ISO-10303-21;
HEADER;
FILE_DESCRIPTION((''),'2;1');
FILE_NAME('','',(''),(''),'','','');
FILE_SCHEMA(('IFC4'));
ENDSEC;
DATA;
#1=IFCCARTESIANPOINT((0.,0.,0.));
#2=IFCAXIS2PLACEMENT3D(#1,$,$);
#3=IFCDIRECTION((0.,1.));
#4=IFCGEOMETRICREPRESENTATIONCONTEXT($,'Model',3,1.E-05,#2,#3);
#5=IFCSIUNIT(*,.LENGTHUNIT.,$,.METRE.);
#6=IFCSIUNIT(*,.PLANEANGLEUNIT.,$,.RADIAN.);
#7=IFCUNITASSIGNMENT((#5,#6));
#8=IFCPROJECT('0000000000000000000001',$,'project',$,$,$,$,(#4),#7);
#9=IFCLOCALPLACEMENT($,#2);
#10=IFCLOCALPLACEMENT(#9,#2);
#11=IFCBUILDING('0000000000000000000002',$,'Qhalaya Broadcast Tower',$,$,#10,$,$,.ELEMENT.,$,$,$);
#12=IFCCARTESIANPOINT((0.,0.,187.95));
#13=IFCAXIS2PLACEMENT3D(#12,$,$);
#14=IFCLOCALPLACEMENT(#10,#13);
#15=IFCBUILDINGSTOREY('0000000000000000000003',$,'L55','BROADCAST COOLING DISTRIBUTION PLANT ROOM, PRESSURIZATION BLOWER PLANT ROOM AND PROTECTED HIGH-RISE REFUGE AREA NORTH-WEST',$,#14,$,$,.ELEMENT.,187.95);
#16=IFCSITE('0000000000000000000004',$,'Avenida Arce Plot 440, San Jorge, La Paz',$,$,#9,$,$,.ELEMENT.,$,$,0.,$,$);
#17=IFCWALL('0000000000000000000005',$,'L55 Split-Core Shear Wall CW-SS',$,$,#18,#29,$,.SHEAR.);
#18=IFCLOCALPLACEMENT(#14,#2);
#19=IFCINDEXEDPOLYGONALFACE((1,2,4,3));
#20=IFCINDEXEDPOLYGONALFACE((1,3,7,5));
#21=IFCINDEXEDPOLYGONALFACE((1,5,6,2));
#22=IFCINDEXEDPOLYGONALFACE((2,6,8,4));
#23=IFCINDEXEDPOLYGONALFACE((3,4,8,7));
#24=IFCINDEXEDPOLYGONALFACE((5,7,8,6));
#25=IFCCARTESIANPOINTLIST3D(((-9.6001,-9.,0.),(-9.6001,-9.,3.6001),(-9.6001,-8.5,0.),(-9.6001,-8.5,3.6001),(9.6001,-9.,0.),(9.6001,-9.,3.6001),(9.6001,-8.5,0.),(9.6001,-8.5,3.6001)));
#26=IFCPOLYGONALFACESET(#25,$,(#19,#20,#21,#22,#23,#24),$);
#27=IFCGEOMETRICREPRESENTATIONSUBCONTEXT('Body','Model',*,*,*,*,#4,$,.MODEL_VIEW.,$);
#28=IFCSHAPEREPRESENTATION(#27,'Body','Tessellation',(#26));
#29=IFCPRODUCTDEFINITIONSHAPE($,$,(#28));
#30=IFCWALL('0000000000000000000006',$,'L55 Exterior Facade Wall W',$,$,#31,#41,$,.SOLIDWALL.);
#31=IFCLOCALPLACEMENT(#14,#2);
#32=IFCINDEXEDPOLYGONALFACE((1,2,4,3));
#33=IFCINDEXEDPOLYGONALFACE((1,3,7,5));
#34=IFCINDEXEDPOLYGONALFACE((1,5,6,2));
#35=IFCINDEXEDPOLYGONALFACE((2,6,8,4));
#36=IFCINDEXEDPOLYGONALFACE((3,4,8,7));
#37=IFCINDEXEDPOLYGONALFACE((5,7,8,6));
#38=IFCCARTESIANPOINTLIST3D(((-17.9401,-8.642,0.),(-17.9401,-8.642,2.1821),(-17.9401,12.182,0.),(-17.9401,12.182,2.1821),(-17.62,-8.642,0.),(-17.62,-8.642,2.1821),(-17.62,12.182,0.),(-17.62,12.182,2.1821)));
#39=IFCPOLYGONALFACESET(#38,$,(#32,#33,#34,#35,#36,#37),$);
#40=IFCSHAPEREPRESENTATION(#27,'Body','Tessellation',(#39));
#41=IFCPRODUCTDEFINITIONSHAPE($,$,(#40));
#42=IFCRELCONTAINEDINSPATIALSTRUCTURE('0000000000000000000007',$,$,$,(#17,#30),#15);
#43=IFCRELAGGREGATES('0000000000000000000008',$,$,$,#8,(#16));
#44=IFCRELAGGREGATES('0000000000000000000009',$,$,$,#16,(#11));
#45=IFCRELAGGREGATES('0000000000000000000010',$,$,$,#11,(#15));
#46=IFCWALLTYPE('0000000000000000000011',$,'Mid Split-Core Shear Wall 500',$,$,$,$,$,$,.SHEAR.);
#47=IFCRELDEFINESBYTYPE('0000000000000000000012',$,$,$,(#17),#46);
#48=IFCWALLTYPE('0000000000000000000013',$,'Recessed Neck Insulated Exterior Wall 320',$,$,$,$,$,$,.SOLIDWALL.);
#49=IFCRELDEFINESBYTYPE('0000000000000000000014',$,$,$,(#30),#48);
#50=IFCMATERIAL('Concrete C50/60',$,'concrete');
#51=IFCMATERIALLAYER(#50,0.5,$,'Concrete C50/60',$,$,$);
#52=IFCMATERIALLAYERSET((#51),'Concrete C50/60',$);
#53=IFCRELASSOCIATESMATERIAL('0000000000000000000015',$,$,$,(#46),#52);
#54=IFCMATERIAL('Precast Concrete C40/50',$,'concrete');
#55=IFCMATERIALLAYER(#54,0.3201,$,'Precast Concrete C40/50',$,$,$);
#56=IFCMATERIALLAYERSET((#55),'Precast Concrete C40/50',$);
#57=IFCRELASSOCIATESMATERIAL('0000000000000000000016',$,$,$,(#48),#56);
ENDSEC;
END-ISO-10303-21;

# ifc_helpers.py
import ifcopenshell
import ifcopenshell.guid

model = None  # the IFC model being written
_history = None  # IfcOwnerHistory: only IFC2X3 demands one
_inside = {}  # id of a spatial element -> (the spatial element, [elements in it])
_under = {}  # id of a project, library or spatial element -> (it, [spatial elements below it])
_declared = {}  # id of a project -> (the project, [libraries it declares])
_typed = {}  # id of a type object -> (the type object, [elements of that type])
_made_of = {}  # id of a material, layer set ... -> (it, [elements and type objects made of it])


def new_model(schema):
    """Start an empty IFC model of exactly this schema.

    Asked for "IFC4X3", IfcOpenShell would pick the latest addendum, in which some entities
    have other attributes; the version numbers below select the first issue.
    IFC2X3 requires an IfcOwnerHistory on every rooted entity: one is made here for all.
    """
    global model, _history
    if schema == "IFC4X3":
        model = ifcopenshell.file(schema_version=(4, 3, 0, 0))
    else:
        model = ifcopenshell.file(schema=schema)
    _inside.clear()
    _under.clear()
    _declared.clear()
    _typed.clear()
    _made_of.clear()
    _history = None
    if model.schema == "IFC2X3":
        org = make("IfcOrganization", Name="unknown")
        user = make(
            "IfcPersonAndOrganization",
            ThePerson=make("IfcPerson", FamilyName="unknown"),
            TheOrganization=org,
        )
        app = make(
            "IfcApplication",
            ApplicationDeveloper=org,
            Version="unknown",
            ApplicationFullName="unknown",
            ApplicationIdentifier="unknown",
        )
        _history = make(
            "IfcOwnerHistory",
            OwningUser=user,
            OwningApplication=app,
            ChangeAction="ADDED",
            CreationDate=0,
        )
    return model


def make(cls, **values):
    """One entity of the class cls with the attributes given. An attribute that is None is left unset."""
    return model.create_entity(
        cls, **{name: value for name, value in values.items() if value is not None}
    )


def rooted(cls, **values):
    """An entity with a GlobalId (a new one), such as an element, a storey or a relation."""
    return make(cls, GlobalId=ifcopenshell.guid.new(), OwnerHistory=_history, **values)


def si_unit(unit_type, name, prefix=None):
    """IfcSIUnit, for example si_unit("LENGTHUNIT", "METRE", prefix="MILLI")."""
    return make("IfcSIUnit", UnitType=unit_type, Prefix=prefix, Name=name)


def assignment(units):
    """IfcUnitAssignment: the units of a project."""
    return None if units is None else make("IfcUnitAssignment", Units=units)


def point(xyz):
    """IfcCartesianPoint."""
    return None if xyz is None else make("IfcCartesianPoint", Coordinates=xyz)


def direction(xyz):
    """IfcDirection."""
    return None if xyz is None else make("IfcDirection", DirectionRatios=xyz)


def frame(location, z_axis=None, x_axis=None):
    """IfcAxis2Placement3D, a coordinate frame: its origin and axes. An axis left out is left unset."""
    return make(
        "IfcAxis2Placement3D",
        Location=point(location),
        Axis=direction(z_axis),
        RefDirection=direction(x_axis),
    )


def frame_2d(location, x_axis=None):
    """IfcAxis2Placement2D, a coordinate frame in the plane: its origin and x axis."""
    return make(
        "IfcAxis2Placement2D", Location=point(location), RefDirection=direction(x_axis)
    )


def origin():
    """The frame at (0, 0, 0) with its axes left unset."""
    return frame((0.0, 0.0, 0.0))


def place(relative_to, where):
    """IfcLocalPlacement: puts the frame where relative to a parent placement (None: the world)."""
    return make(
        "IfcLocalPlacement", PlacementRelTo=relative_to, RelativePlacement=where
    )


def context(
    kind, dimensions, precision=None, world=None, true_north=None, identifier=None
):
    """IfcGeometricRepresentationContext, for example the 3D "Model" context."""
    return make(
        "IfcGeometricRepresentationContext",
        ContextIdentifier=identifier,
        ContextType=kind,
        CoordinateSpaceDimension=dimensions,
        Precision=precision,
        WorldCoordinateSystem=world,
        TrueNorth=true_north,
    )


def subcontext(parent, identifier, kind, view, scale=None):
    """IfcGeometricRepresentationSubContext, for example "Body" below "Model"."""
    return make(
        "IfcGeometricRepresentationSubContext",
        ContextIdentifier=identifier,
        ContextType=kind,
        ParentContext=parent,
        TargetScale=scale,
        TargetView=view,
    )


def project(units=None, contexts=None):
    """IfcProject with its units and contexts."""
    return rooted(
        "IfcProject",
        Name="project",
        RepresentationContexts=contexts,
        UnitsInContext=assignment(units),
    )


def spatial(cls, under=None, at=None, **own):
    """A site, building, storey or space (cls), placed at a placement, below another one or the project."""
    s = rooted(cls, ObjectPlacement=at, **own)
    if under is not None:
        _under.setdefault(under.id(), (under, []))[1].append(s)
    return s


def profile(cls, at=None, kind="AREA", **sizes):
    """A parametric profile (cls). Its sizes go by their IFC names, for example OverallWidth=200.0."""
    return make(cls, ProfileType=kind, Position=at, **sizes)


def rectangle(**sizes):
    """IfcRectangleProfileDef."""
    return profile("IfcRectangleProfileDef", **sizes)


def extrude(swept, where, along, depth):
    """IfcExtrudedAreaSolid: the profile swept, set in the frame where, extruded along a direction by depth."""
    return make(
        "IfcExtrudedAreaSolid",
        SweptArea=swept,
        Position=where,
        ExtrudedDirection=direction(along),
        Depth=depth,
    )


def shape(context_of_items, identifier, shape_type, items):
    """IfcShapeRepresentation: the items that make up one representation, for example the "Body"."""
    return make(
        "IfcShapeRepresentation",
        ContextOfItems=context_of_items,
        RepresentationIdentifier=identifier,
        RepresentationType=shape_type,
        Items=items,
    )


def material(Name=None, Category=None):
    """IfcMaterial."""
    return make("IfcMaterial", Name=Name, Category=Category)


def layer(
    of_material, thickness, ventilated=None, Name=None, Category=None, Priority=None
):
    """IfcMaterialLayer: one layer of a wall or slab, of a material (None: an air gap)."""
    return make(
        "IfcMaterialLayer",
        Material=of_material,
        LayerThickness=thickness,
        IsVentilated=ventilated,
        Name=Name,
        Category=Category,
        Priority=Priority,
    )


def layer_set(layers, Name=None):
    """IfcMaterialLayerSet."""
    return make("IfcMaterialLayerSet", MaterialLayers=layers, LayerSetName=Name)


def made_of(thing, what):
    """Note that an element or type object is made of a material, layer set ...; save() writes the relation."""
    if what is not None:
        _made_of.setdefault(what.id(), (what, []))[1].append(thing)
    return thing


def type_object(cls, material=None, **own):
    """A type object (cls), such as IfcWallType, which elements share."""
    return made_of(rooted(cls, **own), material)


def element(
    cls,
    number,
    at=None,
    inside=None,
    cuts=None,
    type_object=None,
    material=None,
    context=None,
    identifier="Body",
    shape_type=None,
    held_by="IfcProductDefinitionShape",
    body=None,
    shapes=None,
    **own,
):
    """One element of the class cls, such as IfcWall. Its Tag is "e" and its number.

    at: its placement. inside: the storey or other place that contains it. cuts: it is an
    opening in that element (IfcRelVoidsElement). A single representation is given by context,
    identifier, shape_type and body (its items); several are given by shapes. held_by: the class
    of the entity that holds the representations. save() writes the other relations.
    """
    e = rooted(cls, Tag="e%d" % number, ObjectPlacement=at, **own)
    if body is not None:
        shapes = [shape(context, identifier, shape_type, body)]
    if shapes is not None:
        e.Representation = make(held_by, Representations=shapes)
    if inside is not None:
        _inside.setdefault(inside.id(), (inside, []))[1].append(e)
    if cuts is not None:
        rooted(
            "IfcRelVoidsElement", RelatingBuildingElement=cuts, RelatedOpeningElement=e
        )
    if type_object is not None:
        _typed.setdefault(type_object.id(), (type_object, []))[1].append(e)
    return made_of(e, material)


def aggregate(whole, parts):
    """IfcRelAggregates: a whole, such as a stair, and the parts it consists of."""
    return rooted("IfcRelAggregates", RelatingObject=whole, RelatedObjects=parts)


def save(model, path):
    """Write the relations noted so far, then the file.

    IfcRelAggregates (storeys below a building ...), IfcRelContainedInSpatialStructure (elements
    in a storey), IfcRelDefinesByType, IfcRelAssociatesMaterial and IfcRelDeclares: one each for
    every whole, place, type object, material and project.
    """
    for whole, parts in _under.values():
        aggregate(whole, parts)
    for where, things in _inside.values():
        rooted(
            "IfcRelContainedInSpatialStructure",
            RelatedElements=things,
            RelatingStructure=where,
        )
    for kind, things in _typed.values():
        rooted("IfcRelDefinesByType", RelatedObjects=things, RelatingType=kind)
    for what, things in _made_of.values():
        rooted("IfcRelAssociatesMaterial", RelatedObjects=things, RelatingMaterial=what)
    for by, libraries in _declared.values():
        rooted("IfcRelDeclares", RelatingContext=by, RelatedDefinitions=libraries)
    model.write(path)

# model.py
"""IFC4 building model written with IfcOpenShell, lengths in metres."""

from ifc_helpers import new_model, si_unit, direction, frame, frame_2d, origin, place, context, subcontext, project, spatial, rectangle, extrude, material, layer, layer_set, type_object, element, save


model = new_model("IFC4")

# Units and contexts
model_context = context("Model", 3, precision=1e-05, world=origin(), true_north=direction((0.0, 1.0)))
body_context = subcontext(model_context, "Body", "Model", "MODEL_VIEW")
ifc_project = project(units=[si_unit("LENGTHUNIT", "METRE"), si_unit("PLANEANGLEUNIT", "RADIAN")], contexts=[model_context])

# Site, building, storey
site_placement = place(None, origin())
site = spatial("IfcSite", under=ifc_project, at=site_placement, Name="Avenida Arce Plot 440, San Jorge, La Paz", CompositionType="ELEMENT", RefElevation=0.0)
building_placement = place(site_placement, origin())
building = spatial("IfcBuilding", under=site, at=building_placement, Name="Qhalaya Broadcast Tower", CompositionType="ELEMENT")
storey_placement = place(building_placement, frame((0.0, 0.0, 187.95)))
storey = spatial("IfcBuildingStorey", under=building, at=storey_placement, Name="L55", Description="BROADCAST COOLING DISTRIBUTION PLANT ROOM, PRESSURIZATION BLOWER PLANT ROOM AND PROTECTED HIGH-RISE REFUGE AREA NORTH-WEST", CompositionType="ELEMENT", Elevation=187.95)

# Wall
ifc_material_1 = material(Name="Concrete C50/60", Category="concrete")
ifc_layer_1 = layer(ifc_material_1, 0.5, Name="Concrete C50/60")
ifc_layer_set_1 = layer_set([ifc_layer_1], Name="Concrete C50/60")
wall_type_1 = type_object("IfcWallType", Name="Mid Split-Core Shear Wall 500", PredefinedType="SHEAR", material=ifc_layer_set_1)
wall_1_placement = place(storey_placement, frame((-9.6001, -8.75, 0.0), z_axis=(0.0, 0.0, 1.0), x_axis=(1.0, 0.0, 0.0)))
element("IfcWall", 1, at=wall_1_placement, inside=storey, type_object=wall_type_1, Name="L55 Split-Core Shear Wall CW-SS", PredefinedType="SHEAR", context=body_context, shape_type="SweptSolid", body=[
    extrude(rectangle(XDim=19.2002, YDim=0.5, at=frame_2d((9.6001, 0.0))), origin(), (0.0, 0.0, 1.0), 3.6001),
])

# Wall
ifc_material_2 = material(Name="Precast Concrete C40/50", Category="concrete")
ifc_layer_2 = layer(ifc_material_2, 0.3201, Name="Precast Concrete C40/50")
ifc_layer_set_2 = layer_set([ifc_layer_2], Name="Precast Concrete C40/50")
wall_type_2 = type_object("IfcWallType", Name="Recessed Neck Insulated Exterior Wall 320", PredefinedType="SOLIDWALL", material=ifc_layer_set_2)
wall_2_placement = place(storey_placement, frame((-17.78, -8.6421, 0.0), z_axis=(0.0, 0.0, 1.0), x_axis=(0.0, 1.0, 0.0)))
element("IfcWall", 2, at=wall_2_placement, inside=storey, type_object=wall_type_2, Name="L55 Exterior Facade Wall W", PredefinedType="SOLIDWALL", context=body_context, shape_type="SweptSolid", body=[
    extrude(rectangle(XDim=20.824, YDim=0.3201, at=frame_2d((10.4121, 0.0))), origin(), (0.0, 0.0, 1.0), 2.1821),
])

save(model, "model.ifc")
